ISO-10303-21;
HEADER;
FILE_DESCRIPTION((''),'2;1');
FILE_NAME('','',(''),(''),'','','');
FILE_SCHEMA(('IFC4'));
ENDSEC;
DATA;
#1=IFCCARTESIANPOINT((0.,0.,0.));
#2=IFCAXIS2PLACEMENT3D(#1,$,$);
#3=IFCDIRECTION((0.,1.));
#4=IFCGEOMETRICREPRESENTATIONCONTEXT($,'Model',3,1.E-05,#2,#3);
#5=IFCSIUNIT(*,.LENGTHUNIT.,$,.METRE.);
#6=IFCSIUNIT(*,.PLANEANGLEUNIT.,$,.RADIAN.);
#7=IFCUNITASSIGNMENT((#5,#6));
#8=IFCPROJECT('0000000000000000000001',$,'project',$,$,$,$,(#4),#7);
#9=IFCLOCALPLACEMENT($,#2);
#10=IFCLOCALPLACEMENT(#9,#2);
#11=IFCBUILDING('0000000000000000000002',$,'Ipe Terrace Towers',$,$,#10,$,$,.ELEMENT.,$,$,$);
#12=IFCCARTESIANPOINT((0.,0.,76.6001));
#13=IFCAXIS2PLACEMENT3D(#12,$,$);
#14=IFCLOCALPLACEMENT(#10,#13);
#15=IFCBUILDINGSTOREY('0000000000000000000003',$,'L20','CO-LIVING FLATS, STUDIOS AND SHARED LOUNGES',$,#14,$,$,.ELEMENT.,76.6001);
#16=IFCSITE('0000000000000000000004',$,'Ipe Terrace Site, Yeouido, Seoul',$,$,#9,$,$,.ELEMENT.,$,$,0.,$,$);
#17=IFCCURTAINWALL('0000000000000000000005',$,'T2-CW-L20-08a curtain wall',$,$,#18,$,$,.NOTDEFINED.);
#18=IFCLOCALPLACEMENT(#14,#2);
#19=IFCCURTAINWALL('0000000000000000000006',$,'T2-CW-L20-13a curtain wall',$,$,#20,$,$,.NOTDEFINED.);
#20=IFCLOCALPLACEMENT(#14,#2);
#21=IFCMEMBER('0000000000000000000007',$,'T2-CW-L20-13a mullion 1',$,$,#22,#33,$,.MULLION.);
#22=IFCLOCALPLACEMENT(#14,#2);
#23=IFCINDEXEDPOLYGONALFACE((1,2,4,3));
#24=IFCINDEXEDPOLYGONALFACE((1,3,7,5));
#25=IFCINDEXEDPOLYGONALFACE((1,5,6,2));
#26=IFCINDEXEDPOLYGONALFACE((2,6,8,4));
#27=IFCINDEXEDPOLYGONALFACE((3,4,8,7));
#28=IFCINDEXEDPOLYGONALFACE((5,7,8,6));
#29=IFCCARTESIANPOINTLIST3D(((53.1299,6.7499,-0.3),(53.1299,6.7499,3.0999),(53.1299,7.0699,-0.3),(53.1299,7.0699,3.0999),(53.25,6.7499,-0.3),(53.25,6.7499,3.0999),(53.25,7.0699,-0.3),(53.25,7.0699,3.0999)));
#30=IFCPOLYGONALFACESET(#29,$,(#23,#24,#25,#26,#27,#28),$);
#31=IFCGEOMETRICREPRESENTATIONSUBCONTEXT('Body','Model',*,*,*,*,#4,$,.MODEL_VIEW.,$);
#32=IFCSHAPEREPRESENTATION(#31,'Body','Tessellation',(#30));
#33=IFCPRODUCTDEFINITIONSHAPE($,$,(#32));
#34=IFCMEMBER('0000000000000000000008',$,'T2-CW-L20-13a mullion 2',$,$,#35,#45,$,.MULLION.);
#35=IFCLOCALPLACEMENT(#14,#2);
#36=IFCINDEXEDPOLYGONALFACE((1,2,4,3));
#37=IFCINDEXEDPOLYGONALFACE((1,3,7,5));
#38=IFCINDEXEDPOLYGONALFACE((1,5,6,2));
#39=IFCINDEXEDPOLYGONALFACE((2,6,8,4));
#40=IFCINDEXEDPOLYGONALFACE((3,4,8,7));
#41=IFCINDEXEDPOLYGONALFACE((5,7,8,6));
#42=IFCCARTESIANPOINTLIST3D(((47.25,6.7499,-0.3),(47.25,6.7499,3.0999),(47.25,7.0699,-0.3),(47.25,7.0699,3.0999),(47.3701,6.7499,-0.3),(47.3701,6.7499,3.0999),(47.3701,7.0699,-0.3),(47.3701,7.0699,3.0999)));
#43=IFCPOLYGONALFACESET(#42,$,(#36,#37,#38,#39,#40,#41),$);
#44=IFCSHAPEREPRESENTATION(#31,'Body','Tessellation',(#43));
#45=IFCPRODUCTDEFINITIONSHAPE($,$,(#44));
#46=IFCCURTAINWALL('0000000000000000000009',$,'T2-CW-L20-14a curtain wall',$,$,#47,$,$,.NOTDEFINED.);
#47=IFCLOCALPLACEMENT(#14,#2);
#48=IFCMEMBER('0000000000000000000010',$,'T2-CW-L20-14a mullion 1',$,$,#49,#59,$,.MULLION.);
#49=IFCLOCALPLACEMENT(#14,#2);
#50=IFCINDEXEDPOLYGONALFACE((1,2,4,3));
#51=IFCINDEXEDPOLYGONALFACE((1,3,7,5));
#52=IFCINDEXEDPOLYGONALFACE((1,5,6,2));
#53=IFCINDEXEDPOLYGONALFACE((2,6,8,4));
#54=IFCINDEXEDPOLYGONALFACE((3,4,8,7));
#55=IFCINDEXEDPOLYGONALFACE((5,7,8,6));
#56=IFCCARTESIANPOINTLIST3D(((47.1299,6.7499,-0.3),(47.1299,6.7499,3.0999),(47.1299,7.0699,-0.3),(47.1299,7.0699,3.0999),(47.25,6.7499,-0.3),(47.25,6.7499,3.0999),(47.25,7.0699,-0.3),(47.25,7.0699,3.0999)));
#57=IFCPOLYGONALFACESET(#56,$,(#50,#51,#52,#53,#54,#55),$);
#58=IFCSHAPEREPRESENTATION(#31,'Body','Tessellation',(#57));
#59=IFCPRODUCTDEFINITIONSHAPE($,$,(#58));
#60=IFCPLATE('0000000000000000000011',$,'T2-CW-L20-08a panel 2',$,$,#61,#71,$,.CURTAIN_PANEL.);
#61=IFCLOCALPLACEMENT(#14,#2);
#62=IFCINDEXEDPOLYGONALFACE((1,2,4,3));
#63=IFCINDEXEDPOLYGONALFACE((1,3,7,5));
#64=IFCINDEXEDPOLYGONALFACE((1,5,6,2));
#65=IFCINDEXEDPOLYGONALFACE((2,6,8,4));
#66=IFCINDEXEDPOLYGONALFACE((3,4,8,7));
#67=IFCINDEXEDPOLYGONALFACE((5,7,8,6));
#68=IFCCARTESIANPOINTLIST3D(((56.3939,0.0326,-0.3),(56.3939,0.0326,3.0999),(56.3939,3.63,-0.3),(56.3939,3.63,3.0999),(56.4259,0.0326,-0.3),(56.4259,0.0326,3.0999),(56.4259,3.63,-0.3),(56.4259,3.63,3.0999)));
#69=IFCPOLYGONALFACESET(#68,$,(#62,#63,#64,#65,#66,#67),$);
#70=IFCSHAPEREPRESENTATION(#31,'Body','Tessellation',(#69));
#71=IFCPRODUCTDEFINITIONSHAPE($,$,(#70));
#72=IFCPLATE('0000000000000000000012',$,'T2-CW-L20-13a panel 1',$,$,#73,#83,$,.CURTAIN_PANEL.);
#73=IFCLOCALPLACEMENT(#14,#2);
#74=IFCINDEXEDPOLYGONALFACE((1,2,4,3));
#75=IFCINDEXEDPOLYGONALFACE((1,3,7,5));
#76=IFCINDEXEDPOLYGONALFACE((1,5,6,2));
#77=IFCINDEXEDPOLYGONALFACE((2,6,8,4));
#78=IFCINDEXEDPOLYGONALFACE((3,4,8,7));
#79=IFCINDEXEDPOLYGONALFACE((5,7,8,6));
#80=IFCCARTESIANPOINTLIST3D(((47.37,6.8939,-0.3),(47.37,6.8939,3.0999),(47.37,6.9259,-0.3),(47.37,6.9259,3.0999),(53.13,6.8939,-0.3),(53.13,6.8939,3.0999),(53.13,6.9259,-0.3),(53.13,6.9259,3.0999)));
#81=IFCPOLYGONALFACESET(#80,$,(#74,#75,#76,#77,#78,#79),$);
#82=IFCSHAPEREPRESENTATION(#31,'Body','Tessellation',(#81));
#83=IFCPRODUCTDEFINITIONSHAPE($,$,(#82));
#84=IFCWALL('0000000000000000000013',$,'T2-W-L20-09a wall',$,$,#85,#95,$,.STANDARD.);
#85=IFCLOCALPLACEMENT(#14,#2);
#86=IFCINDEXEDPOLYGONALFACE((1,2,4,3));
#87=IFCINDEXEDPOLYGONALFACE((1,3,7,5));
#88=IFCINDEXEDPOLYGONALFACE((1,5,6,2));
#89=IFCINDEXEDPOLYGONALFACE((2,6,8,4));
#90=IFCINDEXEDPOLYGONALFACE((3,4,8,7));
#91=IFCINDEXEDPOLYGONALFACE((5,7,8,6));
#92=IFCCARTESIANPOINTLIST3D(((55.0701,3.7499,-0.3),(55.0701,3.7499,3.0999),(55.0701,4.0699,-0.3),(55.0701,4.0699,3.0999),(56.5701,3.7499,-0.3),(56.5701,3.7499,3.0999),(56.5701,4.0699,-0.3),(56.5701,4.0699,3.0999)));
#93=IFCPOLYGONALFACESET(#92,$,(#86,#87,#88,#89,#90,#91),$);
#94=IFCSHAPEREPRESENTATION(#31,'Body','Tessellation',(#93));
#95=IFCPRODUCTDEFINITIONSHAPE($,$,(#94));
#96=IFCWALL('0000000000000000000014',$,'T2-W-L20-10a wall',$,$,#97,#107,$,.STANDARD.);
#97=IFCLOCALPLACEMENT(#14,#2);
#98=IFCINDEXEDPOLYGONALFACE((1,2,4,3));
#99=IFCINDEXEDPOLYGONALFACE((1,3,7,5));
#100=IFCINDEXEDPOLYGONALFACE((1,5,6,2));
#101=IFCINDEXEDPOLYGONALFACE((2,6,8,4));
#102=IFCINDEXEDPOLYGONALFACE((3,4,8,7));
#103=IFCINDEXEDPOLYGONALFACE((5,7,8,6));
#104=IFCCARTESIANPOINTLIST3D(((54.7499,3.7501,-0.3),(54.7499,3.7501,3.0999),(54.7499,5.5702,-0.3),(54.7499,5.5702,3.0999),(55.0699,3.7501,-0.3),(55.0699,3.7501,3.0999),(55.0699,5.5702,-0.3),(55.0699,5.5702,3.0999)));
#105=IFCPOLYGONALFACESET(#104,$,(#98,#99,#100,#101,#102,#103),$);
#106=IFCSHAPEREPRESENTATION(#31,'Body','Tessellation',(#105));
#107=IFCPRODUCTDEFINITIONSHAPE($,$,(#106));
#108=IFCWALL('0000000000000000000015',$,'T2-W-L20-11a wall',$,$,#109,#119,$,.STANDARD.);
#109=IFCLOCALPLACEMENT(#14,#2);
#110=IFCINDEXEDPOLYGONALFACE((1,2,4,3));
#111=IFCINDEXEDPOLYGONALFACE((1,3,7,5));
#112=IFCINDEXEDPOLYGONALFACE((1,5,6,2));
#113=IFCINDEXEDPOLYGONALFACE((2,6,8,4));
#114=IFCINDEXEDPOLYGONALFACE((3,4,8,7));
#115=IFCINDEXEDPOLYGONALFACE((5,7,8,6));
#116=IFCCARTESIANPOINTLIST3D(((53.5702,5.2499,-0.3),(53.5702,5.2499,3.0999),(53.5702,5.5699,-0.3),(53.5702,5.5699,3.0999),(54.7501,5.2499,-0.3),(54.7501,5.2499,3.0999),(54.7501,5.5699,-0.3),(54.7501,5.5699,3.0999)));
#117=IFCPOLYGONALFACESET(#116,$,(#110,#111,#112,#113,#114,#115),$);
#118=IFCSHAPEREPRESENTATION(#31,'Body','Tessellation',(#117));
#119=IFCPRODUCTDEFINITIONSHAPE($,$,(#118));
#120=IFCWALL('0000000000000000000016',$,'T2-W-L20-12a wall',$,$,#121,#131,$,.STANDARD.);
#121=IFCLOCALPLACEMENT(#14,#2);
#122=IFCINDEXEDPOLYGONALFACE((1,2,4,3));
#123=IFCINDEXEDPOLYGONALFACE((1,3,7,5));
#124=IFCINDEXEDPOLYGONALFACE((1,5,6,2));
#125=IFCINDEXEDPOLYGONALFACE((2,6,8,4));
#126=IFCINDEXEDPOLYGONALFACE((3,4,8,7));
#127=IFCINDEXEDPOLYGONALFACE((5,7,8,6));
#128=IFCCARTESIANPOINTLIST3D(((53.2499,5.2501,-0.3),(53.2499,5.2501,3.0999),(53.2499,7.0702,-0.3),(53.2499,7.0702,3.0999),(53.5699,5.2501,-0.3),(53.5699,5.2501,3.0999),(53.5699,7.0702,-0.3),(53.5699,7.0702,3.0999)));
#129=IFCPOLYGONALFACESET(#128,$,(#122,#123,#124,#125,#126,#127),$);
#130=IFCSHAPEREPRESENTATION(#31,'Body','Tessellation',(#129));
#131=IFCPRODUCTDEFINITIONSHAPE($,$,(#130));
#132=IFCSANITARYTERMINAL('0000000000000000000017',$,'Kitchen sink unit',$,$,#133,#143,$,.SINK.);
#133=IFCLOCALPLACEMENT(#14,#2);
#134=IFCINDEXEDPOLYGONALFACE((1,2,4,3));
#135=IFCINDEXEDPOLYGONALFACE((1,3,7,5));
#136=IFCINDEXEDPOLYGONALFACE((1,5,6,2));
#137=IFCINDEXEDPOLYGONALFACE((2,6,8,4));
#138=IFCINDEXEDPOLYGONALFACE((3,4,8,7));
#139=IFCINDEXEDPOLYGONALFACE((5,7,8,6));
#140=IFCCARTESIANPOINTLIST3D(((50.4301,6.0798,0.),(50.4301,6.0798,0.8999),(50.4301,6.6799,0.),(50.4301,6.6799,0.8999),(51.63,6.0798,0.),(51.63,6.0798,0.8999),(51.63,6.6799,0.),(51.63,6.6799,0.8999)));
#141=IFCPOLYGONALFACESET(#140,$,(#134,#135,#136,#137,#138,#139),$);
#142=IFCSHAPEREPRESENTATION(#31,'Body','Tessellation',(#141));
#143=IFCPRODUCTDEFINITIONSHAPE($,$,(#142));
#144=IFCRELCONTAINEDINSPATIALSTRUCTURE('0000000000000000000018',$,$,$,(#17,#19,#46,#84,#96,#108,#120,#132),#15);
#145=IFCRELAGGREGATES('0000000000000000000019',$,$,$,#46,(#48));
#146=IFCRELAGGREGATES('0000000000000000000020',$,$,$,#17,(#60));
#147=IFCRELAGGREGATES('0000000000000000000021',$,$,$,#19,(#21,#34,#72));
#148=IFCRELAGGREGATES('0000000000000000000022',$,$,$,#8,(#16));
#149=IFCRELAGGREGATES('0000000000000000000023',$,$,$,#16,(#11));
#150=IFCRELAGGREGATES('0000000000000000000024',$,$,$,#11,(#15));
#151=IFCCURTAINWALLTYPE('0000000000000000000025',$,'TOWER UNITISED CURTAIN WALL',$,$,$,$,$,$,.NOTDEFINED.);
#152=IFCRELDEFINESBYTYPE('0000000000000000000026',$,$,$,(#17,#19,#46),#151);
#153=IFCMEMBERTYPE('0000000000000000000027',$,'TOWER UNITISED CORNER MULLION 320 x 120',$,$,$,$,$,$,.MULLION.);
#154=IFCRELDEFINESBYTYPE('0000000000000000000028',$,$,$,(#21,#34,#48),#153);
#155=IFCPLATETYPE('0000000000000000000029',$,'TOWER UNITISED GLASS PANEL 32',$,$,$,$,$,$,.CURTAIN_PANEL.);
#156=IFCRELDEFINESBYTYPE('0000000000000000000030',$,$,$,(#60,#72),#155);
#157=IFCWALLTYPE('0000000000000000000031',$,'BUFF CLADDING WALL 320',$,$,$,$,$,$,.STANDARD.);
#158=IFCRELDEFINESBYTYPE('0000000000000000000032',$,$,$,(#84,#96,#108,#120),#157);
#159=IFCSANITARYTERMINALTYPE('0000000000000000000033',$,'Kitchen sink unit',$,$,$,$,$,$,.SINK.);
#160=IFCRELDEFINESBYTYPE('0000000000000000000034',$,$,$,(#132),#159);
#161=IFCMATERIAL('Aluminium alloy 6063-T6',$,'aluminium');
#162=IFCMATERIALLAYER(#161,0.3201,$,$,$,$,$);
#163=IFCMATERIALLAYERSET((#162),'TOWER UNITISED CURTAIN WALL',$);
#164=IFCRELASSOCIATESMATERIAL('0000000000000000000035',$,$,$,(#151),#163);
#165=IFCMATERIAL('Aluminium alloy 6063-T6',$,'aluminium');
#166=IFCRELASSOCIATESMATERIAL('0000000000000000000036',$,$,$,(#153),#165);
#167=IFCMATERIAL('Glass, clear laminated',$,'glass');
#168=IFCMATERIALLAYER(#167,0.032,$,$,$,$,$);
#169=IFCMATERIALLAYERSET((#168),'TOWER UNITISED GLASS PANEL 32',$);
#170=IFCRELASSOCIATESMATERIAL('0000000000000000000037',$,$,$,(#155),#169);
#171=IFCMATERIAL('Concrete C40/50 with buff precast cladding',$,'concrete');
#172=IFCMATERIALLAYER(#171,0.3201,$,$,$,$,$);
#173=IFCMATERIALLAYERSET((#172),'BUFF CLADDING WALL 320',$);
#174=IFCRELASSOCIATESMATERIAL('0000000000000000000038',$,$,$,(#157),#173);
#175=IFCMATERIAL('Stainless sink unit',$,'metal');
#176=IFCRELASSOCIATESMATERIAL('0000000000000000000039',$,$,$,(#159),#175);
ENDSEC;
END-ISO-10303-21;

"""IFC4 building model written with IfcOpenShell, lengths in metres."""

from ifc_helpers import new_model, si_unit, direction, frame, frame_2d, origin, origin_2d, place, context, subcontext, project, spatial, rectangle, extrude, material, layer, layer_set, material_profile, profile_set, type_object, element, aggregate, save


model = new_model("IFC4")

# Units and contexts
model_context = context("Model", 3, precision=1e-05, world=origin(), true_north=direction((0.0, 1.0)))
body_context = subcontext(model_context, "Body", "Model", "MODEL_VIEW")
ifc_project = project(units=[si_unit("LENGTHUNIT", "METRE"), si_unit("PLANEANGLEUNIT", "RADIAN")], contexts=[model_context])

# Site, building, storey
site_placement = place(None, origin())
site = spatial("IfcSite", under=ifc_project, at=site_placement, Name="Ipe Terrace Site, Yeouido, Seoul", CompositionType="ELEMENT", RefElevation=0.0)
building_placement = place(site_placement, origin())
building = spatial("IfcBuilding", under=site, at=building_placement, Name="Ipe Terrace Towers", CompositionType="ELEMENT")
storey_placement = place(building_placement, frame((0.0, 0.0, 76.6001)))
storey = spatial("IfcBuildingStorey", under=building, at=storey_placement, Name="L20", Description="CO-LIVING FLATS, STUDIOS AND SHARED LOUNGES", CompositionType="ELEMENT", Elevation=76.6001)

# Curtain wall
ifc_material_1 = material(Name="Aluminium alloy 6063-T6", Category="aluminium")
ifc_layer_1 = layer(ifc_material_1, 0.3201)
ifc_layer_set_1 = layer_set([ifc_layer_1], Name="TOWER UNITISED CURTAIN WALL")
curtain_wall_type = type_object("IfcCurtainWallType", Name="TOWER UNITISED CURTAIN WALL", PredefinedType="NOTDEFINED", material=ifc_layer_set_1)
curtain_wall_1_placement = place(storey_placement, origin())
curtain_wall_1 = element("IfcCurtainWall", 1, at=curtain_wall_1_placement, inside=storey, type_object=curtain_wall_type, Name="T2-CW-L20-08a curtain wall", PredefinedType="NOTDEFINED")
ifc_material_2 = material(Name="Aluminium alloy 6063-T6", Category="aluminium")
ifc_material_profile_1 = material_profile(ifc_material_2, rectangle(XDim=0.3201, YDim=0.1201, at=origin_2d()), Name="TOWER UNITISED CORNER MULLION 320 x 120")
ifc_profile_set_1 = profile_set([ifc_material_profile_1], Name="Aluminium alloy 6063-T6")
member_type = type_object("IfcMemberType", Name="TOWER UNITISED CORNER MULLION 320 x 120", PredefinedType="MULLION", material=ifc_profile_set_1)

# Curtain wall, members
curtain_wall_2_placement = place(storey_placement, origin())
curtain_wall_2 = element("IfcCurtainWall", 2, at=curtain_wall_2_placement, inside=storey, type_object=curtain_wall_type, Name="T2-CW-L20-13a curtain wall", PredefinedType="NOTDEFINED")
member_1_placement = place(storey_placement, frame((53.1899, 6.9099, -0.3), z_axis=(0.0, 0.0, 1.0), x_axis=(0.0, 1.0, 0.0)))
member_1 = element("IfcMember", 3, at=member_1_placement, type_object=member_type, Name="T2-CW-L20-13a mullion 1", PredefinedType="MULLION", context=body_context, shape_type="SweptSolid", body=[
    extrude(rectangle(XDim=0.3201, YDim=0.1201, at=origin_2d()), origin(), (0.0, 0.0, 1.0), 3.3999),
])
member_2_placement = place(storey_placement, frame((47.3101, 6.9099, -0.3), z_axis=(0.0, 0.0, 1.0), x_axis=(0.0, 1.0, 0.0)))
member_2 = element("IfcMember", 4, at=member_2_placement, type_object=member_type, Name="T2-CW-L20-13a mullion 2", PredefinedType="MULLION", context=body_context, shape_type="SweptSolid", body=[
    extrude(rectangle(XDim=0.3201, YDim=0.1201, at=origin_2d()), origin(), (0.0, 0.0, 1.0), 3.3999),
])

# Curtain wall, member
curtain_wall_3_placement = place(storey_placement, origin())
curtain_wall_3 = element("IfcCurtainWall", 5, at=curtain_wall_3_placement, inside=storey, type_object=curtain_wall_type, Name="T2-CW-L20-14a curtain wall", PredefinedType="NOTDEFINED")
member_3_placement = place(storey_placement, frame((47.1899, 6.9099, -0.3), z_axis=(0.0, 0.0, 1.0), x_axis=(0.0, 1.0, 0.0)))
member_3 = element("IfcMember", 6, at=member_3_placement, type_object=member_type, Name="T2-CW-L20-14a mullion 1", PredefinedType="MULLION", context=body_context, shape_type="SweptSolid", body=[
    extrude(rectangle(XDim=0.3201, YDim=0.1201, at=origin_2d()), origin(), (0.0, 0.0, 1.0), 3.3999),
])
aggregate(curtain_wall_3, [member_3])

# Plates
ifc_material_3 = material(Name="Glass, clear laminated", Category="glass")
ifc_layer_2 = layer(ifc_material_3, 0.032)
ifc_layer_set_2 = layer_set([ifc_layer_2], Name="TOWER UNITISED GLASS PANEL 32")
plate_type = type_object("IfcPlateType", Name="TOWER UNITISED GLASS PANEL 32", PredefinedType="CURTAIN_PANEL", material=ifc_layer_set_2)
plate_1_placement = place(storey_placement, frame((56.4099, 1.8313, -0.3), z_axis=(0.0, 0.0, 1.0), x_axis=(0.0, 1.0, 0.0)))
plate_1 = element("IfcPlate", 7, at=plate_1_placement, type_object=plate_type, Name="T2-CW-L20-08a panel 2", PredefinedType="CURTAIN_PANEL", context=body_context, shape_type="SweptSolid", body=[
    extrude(rectangle(XDim=3.5974, YDim=0.032, at=origin_2d()), origin(), (0.0, 0.0, 1.0), 3.3999),
])
aggregate(curtain_wall_1, [plate_1])
plate_2_placement = place(storey_placement, frame((50.25, 6.9099, -0.3), z_axis=(0.0, 0.0, 1.0), x_axis=(-1.0, 0.0, 0.0)))
plate_2 = element("IfcPlate", 8, at=plate_2_placement, type_object=plate_type, Name="T2-CW-L20-13a panel 1", PredefinedType="CURTAIN_PANEL", context=body_context, shape_type="SweptSolid", body=[
    extrude(rectangle(XDim=5.76, YDim=0.032, at=origin_2d()), origin(), (0.0, 0.0, 1.0), 3.3999),
])
aggregate(curtain_wall_2, [member_1, member_2, plate_2])

# Walls
ifc_material_4 = material(Name="Concrete C40/50 with buff precast cladding", Category="concrete")
ifc_layer_3 = layer(ifc_material_4, 0.3201)
ifc_layer_set_3 = layer_set([ifc_layer_3], Name="BUFF CLADDING WALL 320")
wall_type = type_object("IfcWallType", Name="BUFF CLADDING WALL 320", PredefinedType="STANDARD", material=ifc_layer_set_3)
wall_1_placement = place(storey_placement, frame((56.5701, 3.9099, -0.3), z_axis=(0.0, 0.0, 1.0), x_axis=(-1.0, 0.0, 0.0)))
element("IfcWall", 9, at=wall_1_placement, inside=storey, type_object=wall_type, Name="T2-W-L20-09a wall", PredefinedType="STANDARD", context=body_context, shape_type="SweptSolid", body=[
    extrude(rectangle(XDim=1.5, YDim=0.3201, at=frame_2d((0.75, 0.0))), origin(), (0.0, 0.0, 1.0), 3.3999),
])
wall_2_placement = place(storey_placement, frame((54.9099, 3.75, -0.3), z_axis=(0.0, 0.0, 1.0), x_axis=(0.0, 1.0, 0.0)))
element("IfcWall", 10, at=wall_2_placement, inside=storey, type_object=wall_type, Name="T2-W-L20-10a wall", PredefinedType="STANDARD", context=body_context, shape_type="SweptSolid", body=[
    extrude(rectangle(XDim=1.8201, YDim=0.3201, at=frame_2d((0.9102, 0.0))), origin(), (0.0, 0.0, 1.0), 3.3999),
])
wall_3_placement = place(storey_placement, frame((54.75, 5.4099, -0.3), z_axis=(0.0, 0.0, 1.0), x_axis=(-1.0, 0.0, 0.0)))
element("IfcWall", 11, at=wall_3_placement, inside=storey, type_object=wall_type, Name="T2-W-L20-11a wall", PredefinedType="STANDARD", context=body_context, shape_type="SweptSolid", body=[
    extrude(rectangle(XDim=1.1799, YDim=0.3201, at=frame_2d((0.5898, 0.0))), origin(), (0.0, 0.0, 1.0), 3.3999),
])
wall_4_placement = place(storey_placement, frame((53.4099, 5.25, -0.3), z_axis=(0.0, 0.0, 1.0), x_axis=(0.0, 1.0, 0.0)))
element("IfcWall", 12, at=wall_4_placement, inside=storey, type_object=wall_type, Name="T2-W-L20-12a wall", PredefinedType="STANDARD", context=body_context, shape_type="SweptSolid", body=[
    extrude(rectangle(XDim=1.8201, YDim=0.3201, at=frame_2d((0.9102, 0.0))), origin(), (0.0, 0.0, 1.0), 3.3999),
])

# Sanitary terminal
ifc_material_5 = material(Name="Stainless sink unit", Category="metal")
sanitary_terminal_type = type_object("IfcSanitaryTerminalType", Name="Kitchen sink unit", PredefinedType="SINK", material=ifc_material_5)
sanitary_terminal_placement = place(storey_placement, frame((51.03, 6.3799, 0.0), z_axis=(0.0, 0.0, 1.0), x_axis=(1.0, 0.0, 0.0)))
element("IfcSanitaryTerminal", 13, at=sanitary_terminal_placement, inside=storey, type_object=sanitary_terminal_type, Name="Kitchen sink unit", PredefinedType="SINK", context=body_context, shape_type="SweptSolid", body=[
    extrude(rectangle(XDim=1.2, YDim=0.6001, at=origin_2d()), origin(), (0.0, 0.0, 1.0), 0.8999),
])

save(model, "model.ifc")
